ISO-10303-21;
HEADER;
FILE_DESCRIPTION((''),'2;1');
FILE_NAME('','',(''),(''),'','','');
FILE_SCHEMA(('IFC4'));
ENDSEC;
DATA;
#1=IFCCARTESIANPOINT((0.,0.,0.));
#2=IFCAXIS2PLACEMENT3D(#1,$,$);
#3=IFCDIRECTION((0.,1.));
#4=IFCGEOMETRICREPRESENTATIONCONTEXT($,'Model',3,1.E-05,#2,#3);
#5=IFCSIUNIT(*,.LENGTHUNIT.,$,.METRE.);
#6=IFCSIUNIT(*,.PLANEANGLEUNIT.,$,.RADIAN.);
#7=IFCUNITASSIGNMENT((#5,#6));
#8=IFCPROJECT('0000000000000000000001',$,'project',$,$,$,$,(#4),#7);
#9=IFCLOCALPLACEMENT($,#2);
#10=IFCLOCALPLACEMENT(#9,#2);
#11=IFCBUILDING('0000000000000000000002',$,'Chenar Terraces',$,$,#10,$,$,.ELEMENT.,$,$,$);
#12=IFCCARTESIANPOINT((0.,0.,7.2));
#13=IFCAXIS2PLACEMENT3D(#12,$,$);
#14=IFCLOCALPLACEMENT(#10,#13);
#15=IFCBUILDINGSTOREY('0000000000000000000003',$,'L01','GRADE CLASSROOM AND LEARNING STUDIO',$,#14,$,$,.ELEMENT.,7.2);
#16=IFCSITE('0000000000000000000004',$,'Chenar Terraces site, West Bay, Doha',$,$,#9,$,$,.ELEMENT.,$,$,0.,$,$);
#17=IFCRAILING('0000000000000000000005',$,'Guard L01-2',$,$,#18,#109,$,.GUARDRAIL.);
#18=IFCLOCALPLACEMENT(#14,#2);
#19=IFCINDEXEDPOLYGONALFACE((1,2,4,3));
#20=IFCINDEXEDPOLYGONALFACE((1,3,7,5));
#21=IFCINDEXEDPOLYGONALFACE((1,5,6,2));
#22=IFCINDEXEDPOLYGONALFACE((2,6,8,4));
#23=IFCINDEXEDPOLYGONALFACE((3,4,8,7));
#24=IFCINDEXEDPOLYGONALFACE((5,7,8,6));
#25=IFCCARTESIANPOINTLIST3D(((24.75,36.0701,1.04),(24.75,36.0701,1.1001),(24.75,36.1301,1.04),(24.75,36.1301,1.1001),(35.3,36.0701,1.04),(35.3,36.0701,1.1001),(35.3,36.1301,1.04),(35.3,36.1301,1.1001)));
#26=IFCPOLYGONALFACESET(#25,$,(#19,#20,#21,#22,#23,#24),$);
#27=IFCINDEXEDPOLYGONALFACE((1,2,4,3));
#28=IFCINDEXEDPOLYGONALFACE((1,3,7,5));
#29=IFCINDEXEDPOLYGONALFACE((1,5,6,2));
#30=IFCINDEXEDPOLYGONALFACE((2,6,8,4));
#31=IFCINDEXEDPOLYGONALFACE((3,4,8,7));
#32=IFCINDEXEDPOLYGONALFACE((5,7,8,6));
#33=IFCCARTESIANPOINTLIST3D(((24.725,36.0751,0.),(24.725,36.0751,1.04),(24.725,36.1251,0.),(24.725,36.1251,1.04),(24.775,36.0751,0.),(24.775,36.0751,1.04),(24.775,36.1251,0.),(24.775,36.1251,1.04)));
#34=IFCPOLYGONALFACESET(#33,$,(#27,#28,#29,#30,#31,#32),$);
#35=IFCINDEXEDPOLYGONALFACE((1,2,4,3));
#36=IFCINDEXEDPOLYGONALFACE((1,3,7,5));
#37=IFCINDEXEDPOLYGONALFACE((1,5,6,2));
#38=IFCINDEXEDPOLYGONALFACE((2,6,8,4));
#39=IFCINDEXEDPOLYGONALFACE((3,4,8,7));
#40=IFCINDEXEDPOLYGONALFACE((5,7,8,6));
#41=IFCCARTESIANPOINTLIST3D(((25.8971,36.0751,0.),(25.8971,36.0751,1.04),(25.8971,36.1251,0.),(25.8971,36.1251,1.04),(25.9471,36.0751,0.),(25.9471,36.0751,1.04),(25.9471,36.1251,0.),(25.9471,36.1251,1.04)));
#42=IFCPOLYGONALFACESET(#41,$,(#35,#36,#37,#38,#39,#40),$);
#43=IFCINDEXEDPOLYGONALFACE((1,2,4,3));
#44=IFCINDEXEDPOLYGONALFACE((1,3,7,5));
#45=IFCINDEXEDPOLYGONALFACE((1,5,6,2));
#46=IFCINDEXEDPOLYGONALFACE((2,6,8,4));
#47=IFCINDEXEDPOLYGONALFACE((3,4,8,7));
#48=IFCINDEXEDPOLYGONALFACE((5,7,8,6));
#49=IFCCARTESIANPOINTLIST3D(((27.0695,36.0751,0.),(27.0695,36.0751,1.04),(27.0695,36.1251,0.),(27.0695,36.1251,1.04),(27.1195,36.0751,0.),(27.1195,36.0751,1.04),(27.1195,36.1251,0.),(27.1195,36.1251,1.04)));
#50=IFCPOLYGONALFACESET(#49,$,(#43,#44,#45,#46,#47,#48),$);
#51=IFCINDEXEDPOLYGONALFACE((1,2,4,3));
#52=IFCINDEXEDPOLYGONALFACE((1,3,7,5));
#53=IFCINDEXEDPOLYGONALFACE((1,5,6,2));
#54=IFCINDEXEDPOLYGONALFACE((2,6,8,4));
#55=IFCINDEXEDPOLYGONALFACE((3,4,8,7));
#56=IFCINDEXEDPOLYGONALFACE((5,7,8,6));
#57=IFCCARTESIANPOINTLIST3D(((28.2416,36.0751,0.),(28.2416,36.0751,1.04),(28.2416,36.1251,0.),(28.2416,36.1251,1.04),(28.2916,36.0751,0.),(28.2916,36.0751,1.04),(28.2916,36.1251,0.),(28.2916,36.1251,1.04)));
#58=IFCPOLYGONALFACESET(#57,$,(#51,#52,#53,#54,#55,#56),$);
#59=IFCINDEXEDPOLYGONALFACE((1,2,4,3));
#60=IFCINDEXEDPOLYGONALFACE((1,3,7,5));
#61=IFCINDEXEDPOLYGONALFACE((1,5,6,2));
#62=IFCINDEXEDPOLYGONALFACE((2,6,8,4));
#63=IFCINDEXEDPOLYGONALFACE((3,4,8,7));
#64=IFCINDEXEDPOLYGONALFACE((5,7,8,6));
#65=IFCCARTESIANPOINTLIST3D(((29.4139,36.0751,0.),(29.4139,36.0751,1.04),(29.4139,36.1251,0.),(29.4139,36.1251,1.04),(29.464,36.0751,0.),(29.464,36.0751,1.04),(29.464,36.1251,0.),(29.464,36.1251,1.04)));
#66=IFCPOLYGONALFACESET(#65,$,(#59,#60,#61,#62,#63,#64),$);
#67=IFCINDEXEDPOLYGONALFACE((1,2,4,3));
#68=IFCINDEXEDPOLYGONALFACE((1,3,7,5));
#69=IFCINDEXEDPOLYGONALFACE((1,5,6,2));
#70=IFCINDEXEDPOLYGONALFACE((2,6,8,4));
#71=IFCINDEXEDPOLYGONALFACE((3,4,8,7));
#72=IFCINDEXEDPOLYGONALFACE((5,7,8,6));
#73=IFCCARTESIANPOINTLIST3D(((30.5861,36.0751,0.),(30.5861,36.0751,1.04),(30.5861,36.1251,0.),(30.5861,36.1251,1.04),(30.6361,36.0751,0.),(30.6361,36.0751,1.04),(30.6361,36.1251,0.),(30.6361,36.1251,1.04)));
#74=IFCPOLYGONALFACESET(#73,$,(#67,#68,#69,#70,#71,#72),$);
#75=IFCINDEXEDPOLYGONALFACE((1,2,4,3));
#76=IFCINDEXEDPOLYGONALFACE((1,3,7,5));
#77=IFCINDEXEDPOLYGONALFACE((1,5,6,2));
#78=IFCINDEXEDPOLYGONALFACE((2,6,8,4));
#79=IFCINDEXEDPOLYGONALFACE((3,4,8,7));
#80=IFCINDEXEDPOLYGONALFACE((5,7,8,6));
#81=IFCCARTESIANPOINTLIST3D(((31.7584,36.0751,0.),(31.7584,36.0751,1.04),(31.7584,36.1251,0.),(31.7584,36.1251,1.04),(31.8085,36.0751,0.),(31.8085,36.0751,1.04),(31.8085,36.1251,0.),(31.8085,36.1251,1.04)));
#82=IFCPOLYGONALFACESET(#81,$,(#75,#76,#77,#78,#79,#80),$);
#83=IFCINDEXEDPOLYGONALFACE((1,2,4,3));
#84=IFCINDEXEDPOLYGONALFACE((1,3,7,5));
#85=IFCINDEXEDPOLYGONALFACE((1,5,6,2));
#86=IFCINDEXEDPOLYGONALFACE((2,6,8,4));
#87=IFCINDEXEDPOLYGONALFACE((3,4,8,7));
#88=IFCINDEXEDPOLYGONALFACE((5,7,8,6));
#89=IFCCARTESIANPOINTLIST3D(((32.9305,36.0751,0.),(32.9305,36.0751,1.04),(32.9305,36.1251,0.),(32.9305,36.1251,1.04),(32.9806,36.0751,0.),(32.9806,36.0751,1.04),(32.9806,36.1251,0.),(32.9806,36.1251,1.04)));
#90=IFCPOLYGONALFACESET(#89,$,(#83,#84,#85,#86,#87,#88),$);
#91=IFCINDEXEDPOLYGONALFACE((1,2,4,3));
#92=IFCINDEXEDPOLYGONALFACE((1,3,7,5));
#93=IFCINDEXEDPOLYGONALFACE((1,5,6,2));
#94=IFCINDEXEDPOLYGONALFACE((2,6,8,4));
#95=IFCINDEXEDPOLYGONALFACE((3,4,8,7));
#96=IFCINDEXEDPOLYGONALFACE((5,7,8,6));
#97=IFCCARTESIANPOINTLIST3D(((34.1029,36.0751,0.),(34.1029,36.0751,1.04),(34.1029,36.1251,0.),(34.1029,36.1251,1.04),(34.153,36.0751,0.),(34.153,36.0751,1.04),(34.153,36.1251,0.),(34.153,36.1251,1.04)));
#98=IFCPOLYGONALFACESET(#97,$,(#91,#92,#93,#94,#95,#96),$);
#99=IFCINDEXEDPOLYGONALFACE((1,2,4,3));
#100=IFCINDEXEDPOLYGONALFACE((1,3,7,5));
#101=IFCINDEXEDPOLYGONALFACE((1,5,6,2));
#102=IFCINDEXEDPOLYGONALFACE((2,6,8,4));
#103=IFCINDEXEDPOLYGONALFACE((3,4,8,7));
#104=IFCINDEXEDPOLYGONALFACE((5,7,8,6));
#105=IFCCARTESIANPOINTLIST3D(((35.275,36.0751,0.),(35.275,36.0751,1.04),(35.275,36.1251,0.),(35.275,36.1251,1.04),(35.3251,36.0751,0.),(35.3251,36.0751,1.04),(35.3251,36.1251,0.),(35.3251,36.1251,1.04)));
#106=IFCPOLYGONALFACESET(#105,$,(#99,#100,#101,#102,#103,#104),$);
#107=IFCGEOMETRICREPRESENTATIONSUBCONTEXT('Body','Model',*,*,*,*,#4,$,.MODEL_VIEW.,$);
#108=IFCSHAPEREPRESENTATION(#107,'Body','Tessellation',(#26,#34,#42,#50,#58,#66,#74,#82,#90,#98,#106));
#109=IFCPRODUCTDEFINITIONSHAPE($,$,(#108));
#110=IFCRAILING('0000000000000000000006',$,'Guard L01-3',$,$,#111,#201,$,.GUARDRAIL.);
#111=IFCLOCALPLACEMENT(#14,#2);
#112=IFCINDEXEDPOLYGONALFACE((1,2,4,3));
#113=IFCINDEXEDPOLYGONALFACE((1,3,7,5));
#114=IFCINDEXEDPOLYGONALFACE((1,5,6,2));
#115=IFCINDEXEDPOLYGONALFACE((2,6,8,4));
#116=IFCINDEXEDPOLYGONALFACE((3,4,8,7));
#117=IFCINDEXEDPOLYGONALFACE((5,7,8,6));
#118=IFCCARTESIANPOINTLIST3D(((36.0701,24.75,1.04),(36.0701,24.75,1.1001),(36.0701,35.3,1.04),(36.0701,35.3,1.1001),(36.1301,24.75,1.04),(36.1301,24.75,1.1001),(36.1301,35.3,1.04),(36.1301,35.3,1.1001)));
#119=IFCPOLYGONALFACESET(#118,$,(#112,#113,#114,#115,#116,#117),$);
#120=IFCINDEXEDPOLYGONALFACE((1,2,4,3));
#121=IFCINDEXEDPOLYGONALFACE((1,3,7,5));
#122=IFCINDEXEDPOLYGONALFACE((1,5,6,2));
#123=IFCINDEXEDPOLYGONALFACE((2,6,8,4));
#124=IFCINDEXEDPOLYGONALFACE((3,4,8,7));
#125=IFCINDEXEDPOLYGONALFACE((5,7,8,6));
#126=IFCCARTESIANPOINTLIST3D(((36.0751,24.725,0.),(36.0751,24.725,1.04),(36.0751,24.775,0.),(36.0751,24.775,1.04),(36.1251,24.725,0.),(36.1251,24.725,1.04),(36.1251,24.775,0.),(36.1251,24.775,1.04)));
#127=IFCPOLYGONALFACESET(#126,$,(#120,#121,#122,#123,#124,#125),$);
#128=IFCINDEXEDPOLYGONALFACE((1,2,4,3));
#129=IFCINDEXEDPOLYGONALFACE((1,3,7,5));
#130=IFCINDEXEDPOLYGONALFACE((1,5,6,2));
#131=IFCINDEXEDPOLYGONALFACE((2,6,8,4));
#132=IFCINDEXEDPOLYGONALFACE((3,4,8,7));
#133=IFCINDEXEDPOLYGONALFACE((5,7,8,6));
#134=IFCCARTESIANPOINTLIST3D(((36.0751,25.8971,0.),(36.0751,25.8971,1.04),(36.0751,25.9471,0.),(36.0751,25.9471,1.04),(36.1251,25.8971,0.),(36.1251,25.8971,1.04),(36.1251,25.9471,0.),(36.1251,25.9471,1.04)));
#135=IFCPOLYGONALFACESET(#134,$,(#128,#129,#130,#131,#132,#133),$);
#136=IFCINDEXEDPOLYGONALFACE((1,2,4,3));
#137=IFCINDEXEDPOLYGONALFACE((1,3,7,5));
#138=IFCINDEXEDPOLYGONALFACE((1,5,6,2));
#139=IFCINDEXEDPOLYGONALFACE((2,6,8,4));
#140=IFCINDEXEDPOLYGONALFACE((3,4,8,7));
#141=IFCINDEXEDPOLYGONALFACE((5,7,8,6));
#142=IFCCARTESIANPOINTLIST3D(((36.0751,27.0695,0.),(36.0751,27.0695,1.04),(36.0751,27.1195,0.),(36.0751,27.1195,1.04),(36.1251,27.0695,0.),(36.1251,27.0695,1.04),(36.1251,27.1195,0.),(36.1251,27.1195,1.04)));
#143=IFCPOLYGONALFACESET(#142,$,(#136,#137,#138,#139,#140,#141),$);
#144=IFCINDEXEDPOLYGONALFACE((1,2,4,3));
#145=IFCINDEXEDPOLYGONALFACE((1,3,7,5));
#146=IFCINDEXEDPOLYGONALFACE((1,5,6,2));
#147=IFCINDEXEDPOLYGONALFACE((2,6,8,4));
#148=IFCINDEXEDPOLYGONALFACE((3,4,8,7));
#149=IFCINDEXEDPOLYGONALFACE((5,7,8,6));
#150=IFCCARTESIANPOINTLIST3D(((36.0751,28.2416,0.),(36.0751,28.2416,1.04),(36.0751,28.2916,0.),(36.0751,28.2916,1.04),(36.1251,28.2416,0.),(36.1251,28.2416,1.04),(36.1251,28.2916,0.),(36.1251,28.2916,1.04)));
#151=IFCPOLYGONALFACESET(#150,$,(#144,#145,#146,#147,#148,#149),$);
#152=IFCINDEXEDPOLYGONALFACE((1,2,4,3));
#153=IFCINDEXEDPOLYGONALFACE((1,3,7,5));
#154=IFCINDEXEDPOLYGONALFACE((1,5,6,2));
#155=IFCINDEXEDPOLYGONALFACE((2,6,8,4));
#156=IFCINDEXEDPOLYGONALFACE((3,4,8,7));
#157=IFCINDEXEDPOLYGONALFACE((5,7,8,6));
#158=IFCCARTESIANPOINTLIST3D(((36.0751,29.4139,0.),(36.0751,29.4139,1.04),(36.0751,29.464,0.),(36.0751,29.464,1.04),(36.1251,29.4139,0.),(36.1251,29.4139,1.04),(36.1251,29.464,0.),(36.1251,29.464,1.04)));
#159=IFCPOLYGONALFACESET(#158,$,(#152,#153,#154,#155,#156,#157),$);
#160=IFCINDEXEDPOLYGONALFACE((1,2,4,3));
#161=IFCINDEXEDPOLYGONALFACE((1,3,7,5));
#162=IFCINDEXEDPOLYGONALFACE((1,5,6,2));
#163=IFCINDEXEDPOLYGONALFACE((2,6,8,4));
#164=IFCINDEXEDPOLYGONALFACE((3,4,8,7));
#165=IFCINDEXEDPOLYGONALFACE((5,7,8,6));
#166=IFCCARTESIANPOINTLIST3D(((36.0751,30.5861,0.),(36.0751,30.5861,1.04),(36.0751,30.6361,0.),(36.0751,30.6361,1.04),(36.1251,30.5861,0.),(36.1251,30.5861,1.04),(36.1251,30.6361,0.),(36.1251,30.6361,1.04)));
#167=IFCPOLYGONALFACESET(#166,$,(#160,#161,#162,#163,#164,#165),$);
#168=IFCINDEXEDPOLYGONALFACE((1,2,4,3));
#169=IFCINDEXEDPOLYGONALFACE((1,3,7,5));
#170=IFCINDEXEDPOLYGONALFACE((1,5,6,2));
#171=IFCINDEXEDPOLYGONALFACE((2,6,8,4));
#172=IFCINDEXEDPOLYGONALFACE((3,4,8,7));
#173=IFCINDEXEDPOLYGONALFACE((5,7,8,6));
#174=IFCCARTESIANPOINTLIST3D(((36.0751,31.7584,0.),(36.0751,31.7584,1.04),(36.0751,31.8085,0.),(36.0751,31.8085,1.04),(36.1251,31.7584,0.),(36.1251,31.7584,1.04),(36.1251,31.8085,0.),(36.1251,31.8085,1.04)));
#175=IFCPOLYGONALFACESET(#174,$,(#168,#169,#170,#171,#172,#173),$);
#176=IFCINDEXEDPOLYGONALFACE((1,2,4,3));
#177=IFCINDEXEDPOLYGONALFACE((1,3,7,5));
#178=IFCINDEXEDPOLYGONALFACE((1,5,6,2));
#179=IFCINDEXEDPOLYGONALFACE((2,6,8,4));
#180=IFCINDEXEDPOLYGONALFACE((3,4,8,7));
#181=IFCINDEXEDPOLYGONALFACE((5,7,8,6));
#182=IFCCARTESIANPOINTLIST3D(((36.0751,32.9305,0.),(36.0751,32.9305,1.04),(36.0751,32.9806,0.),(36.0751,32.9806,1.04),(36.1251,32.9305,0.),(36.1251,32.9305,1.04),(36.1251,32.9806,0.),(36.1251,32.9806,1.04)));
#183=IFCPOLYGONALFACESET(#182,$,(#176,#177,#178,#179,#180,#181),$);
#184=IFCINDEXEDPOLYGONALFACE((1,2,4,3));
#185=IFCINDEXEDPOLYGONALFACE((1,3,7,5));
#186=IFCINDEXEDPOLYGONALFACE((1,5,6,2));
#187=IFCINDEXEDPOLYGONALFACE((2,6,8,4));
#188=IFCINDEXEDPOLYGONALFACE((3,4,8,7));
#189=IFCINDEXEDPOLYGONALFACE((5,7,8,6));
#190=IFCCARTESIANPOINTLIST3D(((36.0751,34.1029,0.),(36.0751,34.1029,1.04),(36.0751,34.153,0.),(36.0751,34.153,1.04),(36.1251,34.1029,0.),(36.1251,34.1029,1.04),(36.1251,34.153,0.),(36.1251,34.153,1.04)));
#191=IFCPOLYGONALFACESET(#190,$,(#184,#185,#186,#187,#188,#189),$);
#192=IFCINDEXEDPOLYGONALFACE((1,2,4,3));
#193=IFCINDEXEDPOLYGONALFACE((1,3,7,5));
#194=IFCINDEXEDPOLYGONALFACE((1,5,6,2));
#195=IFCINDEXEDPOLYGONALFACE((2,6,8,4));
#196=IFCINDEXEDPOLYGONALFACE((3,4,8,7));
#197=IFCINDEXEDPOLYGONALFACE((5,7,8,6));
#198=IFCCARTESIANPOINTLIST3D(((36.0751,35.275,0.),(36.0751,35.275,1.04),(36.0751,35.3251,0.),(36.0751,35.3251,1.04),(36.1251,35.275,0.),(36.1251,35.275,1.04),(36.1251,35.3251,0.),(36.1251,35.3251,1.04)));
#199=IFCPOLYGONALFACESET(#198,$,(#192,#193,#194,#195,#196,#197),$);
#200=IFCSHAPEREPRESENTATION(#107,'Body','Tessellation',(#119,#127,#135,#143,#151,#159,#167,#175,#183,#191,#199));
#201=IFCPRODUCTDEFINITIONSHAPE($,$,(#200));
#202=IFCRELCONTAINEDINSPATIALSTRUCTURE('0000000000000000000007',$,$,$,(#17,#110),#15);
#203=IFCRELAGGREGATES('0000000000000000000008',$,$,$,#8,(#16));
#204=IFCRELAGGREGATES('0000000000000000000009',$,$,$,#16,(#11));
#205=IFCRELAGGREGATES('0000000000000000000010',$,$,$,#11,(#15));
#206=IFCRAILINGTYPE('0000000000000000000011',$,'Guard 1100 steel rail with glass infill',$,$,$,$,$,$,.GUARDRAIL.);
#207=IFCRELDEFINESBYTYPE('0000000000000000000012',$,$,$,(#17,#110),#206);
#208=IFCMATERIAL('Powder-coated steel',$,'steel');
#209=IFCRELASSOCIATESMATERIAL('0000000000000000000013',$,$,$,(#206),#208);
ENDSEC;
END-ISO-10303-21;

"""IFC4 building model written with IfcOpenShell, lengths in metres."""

from ifc_helpers import new_model, si_unit, direction, frame, origin, origin_2d, place, context, subcontext, project, spatial, rectangle, extrude, material, type_object, element, save


model = new_model("IFC4")

# Units and contexts
model_context = context("Model", 3, precision=1e-05, world=origin(), true_north=direction((0.0, 1.0)))
body_context = subcontext(model_context, "Body", "Model", "MODEL_VIEW")
ifc_project = project(units=[si_unit("LENGTHUNIT", "METRE"), si_unit("PLANEANGLEUNIT", "RADIAN")], contexts=[model_context])

# Site, building, storey
site_placement = place(None, origin())
site = spatial("IfcSite", under=ifc_project, at=site_placement, Name="Chenar Terraces site, West Bay, Doha", CompositionType="ELEMENT", RefElevation=0.0)
building_placement = place(site_placement, origin())
building = spatial("IfcBuilding", under=site, at=building_placement, Name="Chenar Terraces", CompositionType="ELEMENT")
storey_placement = place(building_placement, frame((0.0, 0.0, 7.2)))
storey = spatial("IfcBuildingStorey", under=building, at=storey_placement, Name="L01", Description="GRADE CLASSROOM AND LEARNING STUDIO", CompositionType="ELEMENT", Elevation=7.2)

# Railings
ifc_material_1 = material(Name="Powder-coated steel", Category="steel")
railing_type = type_object("IfcRailingType", Name="Guard 1100 steel rail with glass infill", PredefinedType="GUARDRAIL", material=ifc_material_1)
railing_1_placement = place(storey_placement, frame((24.75, 36.1001, 0.0)))
element("IfcRailing", 1, at=railing_1_placement, inside=storey, type_object=railing_type, Name="Guard L01-2", PredefinedType="GUARDRAIL", context=body_context, shape_type="SweptSolid", body=[
    extrude(rectangle(XDim=0.0601, YDim=0.0601, at=origin_2d()), frame((0.0, 0.0, 1.0701), z_axis=(1.0, 0.0, 0.0), x_axis=(0.0, 1.0, 0.0)), (0.0, 0.0, 1.0), 10.55),
    extrude(rectangle(XDim=0.05, YDim=0.05, at=origin_2d()), origin(), (0.0, 0.0, 1.0), 1.04),
    extrude(rectangle(XDim=0.05, YDim=0.05, at=origin_2d()), frame((1.1721, 0.0, 0.0)), (0.0, 0.0, 1.0), 1.04),
    extrude(rectangle(XDim=0.05, YDim=0.05, at=origin_2d()), frame((2.3445, 0.0, 0.0)), (0.0, 0.0, 1.0), 1.04),
    extrude(rectangle(XDim=0.05, YDim=0.05, at=origin_2d()), frame((3.5166, 0.0, 0.0)), (0.0, 0.0, 1.0), 1.04),
    extrude(rectangle(XDim=0.05, YDim=0.05, at=origin_2d()), frame((4.689, 0.0, 0.0)), (0.0, 0.0, 1.0), 1.04),
    extrude(rectangle(XDim=0.05, YDim=0.05, at=origin_2d()), frame((5.8611, 0.0, 0.0)), (0.0, 0.0, 1.0), 1.04),
    extrude(rectangle(XDim=0.05, YDim=0.05, at=origin_2d()), frame((7.0334, 0.0, 0.0)), (0.0, 0.0, 1.0), 1.04),
    extrude(rectangle(XDim=0.05, YDim=0.05, at=origin_2d()), frame((8.2056, 0.0, 0.0)), (0.0, 0.0, 1.0), 1.04),
    extrude(rectangle(XDim=0.05, YDim=0.05, at=origin_2d()), frame((9.3779, 0.0, 0.0)), (0.0, 0.0, 1.0), 1.04),
    extrude(rectangle(XDim=0.05, YDim=0.05, at=origin_2d()), frame((10.55, 0.0, 0.0)), (0.0, 0.0, 1.0), 1.04),
])
railing_2_placement = place(storey_placement, frame((36.1001, 24.75, 0.0)))
element("IfcRailing", 2, at=railing_2_placement, inside=storey, type_object=railing_type, Name="Guard L01-3", PredefinedType="GUARDRAIL", context=body_context, shape_type="SweptSolid", body=[
    extrude(rectangle(XDim=0.0601, YDim=0.0601, at=origin_2d()), frame((0.0, 0.0, 1.0701), z_axis=(0.0, 1.0, 0.0), x_axis=(-1.0, 0.0, 0.0)), (0.0, 0.0, 1.0), 10.55),
    extrude(rectangle(XDim=0.05, YDim=0.05, at=origin_2d()), origin(), (0.0, 0.0, 1.0), 1.04),
    extrude(rectangle(XDim=0.05, YDim=0.05, at=origin_2d()), frame((0.0, 1.1721, 0.0)), (0.0, 0.0, 1.0), 1.04),
    extrude(rectangle(XDim=0.05, YDim=0.05, at=origin_2d()), frame((0.0, 2.3445, 0.0)), (0.0, 0.0, 1.0), 1.04),
    extrude(rectangle(XDim=0.05, YDim=0.05, at=origin_2d()), frame((0.0, 3.5166, 0.0)), (0.0, 0.0, 1.0), 1.04),
    extrude(rectangle(XDim=0.05, YDim=0.05, at=origin_2d()), frame((0.0, 4.689, 0.0)), (0.0, 0.0, 1.0), 1.04),
    extrude(rectangle(XDim=0.05, YDim=0.05, at=origin_2d()), frame((0.0, 5.8611, 0.0)), (0.0, 0.0, 1.0), 1.04),
    extrude(rectangle(XDim=0.05, YDim=0.05, at=origin_2d()), frame((0.0, 7.0334, 0.0)), (0.0, 0.0, 1.0), 1.04),
    extrude(rectangle(XDim=0.05, YDim=0.05, at=origin_2d()), frame((0.0, 8.2056, 0.0)), (0.0, 0.0, 1.0), 1.04),
    extrude(rectangle(XDim=0.05, YDim=0.05, at=origin_2d()), frame((0.0, 9.3779, 0.0)), (0.0, 0.0, 1.0), 1.04),
    extrude(rectangle(XDim=0.05, YDim=0.05, at=origin_2d()), frame((0.0, 10.55, 0.0)), (0.0, 0.0, 1.0), 1.04),
])

save(model, "model.ifc")
